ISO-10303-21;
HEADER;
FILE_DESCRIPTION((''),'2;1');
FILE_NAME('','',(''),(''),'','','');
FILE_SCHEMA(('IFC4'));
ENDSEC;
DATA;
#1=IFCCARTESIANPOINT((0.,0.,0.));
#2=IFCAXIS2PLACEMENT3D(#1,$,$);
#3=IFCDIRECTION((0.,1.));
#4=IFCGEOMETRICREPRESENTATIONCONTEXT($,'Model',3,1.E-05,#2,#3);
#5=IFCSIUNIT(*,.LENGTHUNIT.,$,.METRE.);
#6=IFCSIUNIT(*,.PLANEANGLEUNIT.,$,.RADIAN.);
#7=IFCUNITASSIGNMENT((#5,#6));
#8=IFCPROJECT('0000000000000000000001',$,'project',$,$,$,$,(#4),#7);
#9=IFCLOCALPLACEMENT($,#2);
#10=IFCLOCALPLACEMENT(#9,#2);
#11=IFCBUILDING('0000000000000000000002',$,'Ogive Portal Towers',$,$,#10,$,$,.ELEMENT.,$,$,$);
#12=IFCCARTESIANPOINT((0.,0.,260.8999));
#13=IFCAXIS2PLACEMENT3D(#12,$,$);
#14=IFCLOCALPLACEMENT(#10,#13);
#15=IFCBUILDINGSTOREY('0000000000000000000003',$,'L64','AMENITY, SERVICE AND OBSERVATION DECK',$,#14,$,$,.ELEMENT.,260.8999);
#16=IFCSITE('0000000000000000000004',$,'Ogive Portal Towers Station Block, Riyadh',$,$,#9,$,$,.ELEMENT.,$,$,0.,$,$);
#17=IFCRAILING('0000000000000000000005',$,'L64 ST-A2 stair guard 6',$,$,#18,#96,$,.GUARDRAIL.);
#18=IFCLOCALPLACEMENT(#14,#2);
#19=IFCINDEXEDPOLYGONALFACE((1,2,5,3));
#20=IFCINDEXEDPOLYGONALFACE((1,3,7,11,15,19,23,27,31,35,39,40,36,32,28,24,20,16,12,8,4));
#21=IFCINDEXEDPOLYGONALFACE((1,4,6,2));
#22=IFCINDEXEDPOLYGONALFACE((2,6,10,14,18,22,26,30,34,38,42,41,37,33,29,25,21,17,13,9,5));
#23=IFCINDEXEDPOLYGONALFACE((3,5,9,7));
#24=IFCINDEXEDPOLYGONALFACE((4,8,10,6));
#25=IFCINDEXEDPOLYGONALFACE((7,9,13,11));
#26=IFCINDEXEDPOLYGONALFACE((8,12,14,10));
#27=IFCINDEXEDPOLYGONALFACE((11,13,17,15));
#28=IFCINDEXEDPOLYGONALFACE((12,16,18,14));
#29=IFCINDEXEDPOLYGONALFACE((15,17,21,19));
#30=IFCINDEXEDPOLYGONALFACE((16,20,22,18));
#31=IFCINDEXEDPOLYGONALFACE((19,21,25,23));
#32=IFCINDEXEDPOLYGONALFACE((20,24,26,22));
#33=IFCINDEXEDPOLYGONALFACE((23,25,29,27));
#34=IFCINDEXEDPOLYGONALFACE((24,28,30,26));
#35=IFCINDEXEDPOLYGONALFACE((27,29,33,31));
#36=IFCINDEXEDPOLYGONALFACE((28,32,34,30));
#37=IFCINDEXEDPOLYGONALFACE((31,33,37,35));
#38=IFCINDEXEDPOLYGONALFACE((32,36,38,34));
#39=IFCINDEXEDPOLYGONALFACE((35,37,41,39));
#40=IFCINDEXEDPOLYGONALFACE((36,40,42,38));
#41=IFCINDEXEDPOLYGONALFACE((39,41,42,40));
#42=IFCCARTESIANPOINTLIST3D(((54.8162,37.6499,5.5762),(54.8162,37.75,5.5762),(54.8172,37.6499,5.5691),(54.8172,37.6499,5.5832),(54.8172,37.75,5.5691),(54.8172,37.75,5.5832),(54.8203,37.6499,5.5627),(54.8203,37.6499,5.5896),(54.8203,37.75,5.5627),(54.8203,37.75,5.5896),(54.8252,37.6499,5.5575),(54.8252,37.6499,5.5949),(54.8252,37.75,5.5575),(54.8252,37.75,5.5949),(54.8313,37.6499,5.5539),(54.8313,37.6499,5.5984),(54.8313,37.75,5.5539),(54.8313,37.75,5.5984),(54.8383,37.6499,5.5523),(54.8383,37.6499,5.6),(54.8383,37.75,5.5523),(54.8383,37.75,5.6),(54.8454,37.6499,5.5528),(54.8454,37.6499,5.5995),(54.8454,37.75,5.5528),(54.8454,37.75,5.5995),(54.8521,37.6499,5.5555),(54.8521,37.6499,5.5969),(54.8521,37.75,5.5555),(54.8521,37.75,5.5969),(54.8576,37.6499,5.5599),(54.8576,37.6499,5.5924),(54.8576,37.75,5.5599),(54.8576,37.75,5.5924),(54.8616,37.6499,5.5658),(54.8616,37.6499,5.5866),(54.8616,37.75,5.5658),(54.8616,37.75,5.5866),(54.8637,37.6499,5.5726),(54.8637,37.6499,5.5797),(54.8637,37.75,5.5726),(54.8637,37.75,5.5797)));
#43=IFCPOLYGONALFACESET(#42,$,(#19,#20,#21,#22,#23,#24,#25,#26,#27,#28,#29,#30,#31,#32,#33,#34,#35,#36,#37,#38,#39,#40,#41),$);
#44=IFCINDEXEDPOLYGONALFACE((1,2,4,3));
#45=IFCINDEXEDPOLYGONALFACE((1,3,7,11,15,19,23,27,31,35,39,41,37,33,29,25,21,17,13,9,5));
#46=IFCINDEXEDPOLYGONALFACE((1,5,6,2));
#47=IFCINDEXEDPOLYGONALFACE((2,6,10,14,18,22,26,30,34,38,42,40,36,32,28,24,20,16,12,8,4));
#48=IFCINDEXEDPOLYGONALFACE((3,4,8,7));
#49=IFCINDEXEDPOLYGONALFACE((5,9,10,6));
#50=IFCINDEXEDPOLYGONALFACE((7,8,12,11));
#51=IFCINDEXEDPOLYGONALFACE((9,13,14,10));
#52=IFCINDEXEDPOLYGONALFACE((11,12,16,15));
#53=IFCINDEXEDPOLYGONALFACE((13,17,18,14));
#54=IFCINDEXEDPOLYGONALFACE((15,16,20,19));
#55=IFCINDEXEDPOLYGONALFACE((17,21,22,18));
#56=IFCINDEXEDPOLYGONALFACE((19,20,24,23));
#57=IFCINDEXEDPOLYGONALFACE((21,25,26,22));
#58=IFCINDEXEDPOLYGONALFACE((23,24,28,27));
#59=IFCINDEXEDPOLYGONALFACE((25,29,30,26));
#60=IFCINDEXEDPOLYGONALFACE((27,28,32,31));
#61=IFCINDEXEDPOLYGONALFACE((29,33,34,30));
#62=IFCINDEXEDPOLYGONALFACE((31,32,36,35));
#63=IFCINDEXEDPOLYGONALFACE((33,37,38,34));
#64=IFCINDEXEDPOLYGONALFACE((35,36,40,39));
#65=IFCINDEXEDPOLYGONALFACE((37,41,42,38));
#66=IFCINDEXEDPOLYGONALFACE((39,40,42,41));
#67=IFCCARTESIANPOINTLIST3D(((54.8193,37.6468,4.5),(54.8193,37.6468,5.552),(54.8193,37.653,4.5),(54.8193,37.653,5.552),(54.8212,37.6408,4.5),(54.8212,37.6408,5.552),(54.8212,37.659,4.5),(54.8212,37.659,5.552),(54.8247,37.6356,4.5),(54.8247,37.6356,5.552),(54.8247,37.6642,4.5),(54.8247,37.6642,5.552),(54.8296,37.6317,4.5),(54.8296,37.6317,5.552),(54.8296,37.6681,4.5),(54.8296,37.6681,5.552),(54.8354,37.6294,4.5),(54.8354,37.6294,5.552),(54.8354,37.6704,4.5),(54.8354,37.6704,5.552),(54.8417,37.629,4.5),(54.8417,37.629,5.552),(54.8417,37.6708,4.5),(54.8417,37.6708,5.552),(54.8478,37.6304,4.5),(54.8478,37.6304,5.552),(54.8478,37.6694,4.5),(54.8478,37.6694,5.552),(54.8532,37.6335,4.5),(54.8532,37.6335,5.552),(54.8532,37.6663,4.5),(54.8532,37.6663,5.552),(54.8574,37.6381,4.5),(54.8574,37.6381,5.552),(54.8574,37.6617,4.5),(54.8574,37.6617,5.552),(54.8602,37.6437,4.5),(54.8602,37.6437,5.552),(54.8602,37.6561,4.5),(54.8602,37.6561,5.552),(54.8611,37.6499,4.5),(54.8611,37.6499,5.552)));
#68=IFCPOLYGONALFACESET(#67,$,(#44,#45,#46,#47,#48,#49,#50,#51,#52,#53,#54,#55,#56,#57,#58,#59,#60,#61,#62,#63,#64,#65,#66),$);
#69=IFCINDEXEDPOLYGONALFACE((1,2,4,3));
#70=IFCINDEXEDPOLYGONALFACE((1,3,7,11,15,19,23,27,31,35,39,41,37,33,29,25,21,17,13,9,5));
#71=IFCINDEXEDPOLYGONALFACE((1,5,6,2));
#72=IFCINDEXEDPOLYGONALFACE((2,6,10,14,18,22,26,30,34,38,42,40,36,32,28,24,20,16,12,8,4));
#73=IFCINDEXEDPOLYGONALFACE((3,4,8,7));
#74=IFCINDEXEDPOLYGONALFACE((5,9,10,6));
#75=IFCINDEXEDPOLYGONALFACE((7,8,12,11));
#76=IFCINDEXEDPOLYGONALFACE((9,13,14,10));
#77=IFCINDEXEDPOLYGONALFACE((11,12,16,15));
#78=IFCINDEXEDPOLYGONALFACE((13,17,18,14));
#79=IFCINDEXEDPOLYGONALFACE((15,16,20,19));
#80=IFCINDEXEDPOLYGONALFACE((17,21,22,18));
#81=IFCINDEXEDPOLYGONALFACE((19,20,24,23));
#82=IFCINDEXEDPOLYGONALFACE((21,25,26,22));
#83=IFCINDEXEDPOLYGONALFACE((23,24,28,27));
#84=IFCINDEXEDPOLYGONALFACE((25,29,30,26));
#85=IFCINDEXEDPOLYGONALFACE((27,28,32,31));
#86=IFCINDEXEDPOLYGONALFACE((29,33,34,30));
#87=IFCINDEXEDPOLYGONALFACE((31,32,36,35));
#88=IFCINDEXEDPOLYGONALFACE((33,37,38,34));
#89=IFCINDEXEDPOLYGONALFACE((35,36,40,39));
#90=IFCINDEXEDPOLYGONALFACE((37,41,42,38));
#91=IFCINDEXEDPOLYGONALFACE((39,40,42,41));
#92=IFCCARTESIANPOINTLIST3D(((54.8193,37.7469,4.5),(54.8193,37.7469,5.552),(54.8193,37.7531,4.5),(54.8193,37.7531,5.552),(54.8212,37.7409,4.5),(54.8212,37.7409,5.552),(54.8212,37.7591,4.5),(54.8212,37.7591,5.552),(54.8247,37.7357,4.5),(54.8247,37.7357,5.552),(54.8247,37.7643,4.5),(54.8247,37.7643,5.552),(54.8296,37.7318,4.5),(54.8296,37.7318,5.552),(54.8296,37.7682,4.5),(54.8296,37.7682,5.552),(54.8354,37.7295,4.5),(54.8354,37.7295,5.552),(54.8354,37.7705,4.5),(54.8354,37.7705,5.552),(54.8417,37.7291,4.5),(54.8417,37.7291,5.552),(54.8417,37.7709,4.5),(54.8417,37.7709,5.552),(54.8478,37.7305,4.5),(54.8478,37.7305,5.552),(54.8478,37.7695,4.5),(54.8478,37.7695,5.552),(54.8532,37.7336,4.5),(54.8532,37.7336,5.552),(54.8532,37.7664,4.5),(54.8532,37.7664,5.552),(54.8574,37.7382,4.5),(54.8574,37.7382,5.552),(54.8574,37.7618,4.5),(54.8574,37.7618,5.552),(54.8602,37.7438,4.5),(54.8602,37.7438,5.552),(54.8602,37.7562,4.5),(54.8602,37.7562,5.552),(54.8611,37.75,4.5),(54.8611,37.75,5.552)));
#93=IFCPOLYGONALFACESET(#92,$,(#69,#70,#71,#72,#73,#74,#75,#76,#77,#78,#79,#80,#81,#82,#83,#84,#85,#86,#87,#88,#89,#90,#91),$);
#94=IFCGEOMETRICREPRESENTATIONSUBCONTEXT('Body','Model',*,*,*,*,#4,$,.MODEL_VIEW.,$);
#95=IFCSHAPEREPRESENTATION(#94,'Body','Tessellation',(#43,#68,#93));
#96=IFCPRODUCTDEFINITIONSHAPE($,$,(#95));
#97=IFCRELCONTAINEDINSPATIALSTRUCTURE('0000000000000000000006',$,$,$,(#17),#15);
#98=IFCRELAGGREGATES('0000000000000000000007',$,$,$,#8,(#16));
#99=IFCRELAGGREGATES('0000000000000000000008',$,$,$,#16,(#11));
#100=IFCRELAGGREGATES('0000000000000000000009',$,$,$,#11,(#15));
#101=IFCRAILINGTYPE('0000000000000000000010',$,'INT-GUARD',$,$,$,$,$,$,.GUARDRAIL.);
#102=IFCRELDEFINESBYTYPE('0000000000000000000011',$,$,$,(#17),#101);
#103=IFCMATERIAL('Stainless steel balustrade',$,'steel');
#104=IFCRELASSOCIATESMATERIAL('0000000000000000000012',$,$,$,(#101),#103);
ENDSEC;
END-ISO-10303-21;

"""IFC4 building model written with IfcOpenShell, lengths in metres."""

from ifc_helpers import new_model, si_unit, direction, frame, origin, origin_2d, place, context, subcontext, project, spatial, circle, extrude, material, type_object, element, save


model = new_model("IFC4")

# Units and contexts
model_context = context("Model", 3, precision=1e-05, world=origin(), true_north=direction((0.0, 1.0)))
body_context = subcontext(model_context, "Body", "Model", "MODEL_VIEW")
ifc_project = project(units=[si_unit("LENGTHUNIT", "METRE"), si_unit("PLANEANGLEUNIT", "RADIAN")], contexts=[model_context])

# Site, building, storey
site_placement = place(None, origin())
site = spatial("IfcSite", under=ifc_project, at=site_placement, Name="Ogive Portal Towers Station Block, Riyadh", CompositionType="ELEMENT", RefElevation=0.0)
building_placement = place(site_placement, origin())
building = spatial("IfcBuilding", under=site, at=building_placement, Name="Ogive Portal Towers", CompositionType="ELEMENT")
storey_placement = place(building_placement, frame((0.0, 0.0, 260.8999)))
storey = spatial("IfcBuildingStorey", under=building, at=storey_placement, Name="L64", Description="AMENITY, SERVICE AND OBSERVATION DECK", CompositionType="ELEMENT", Elevation=260.8999)

# Railing
ifc_material_1 = material(Name="Stainless steel balustrade", Category="steel")
railing_type_1 = type_object("IfcRailingType", Name="INT-GUARD", PredefinedType="GUARDRAIL", material=ifc_material_1)
railing_1_placement = place(storey_placement, frame((54.8401, 37.6499, 4.5)))
element("IfcRailing", 1, at=railing_1_placement, inside=storey, type_object=railing_type_1, Name="L64 ST-A2 stair guard 6", PredefinedType="GUARDRAIL", context=body_context, shape_type="SweptSolid", body=[
    extrude(circle(Radius=0.0239, at=origin_2d()), frame((0.0, 0.0, 1.0762), z_axis=(0.0, 1.0, 0.0), x_axis=(-1.0, 0.0, 0.0)), (0.0, 0.0, 1.0), 0.1001),
    extrude(circle(Radius=0.021, at=origin_2d()), origin(), (0.0, 0.0, 1.0), 1.052),
    extrude(circle(Radius=0.021, at=origin_2d()), frame((0.0, 0.1001, 0.0)), (0.0, 0.0, 1.0), 1.052),
])

save(model, "model.ifc")
